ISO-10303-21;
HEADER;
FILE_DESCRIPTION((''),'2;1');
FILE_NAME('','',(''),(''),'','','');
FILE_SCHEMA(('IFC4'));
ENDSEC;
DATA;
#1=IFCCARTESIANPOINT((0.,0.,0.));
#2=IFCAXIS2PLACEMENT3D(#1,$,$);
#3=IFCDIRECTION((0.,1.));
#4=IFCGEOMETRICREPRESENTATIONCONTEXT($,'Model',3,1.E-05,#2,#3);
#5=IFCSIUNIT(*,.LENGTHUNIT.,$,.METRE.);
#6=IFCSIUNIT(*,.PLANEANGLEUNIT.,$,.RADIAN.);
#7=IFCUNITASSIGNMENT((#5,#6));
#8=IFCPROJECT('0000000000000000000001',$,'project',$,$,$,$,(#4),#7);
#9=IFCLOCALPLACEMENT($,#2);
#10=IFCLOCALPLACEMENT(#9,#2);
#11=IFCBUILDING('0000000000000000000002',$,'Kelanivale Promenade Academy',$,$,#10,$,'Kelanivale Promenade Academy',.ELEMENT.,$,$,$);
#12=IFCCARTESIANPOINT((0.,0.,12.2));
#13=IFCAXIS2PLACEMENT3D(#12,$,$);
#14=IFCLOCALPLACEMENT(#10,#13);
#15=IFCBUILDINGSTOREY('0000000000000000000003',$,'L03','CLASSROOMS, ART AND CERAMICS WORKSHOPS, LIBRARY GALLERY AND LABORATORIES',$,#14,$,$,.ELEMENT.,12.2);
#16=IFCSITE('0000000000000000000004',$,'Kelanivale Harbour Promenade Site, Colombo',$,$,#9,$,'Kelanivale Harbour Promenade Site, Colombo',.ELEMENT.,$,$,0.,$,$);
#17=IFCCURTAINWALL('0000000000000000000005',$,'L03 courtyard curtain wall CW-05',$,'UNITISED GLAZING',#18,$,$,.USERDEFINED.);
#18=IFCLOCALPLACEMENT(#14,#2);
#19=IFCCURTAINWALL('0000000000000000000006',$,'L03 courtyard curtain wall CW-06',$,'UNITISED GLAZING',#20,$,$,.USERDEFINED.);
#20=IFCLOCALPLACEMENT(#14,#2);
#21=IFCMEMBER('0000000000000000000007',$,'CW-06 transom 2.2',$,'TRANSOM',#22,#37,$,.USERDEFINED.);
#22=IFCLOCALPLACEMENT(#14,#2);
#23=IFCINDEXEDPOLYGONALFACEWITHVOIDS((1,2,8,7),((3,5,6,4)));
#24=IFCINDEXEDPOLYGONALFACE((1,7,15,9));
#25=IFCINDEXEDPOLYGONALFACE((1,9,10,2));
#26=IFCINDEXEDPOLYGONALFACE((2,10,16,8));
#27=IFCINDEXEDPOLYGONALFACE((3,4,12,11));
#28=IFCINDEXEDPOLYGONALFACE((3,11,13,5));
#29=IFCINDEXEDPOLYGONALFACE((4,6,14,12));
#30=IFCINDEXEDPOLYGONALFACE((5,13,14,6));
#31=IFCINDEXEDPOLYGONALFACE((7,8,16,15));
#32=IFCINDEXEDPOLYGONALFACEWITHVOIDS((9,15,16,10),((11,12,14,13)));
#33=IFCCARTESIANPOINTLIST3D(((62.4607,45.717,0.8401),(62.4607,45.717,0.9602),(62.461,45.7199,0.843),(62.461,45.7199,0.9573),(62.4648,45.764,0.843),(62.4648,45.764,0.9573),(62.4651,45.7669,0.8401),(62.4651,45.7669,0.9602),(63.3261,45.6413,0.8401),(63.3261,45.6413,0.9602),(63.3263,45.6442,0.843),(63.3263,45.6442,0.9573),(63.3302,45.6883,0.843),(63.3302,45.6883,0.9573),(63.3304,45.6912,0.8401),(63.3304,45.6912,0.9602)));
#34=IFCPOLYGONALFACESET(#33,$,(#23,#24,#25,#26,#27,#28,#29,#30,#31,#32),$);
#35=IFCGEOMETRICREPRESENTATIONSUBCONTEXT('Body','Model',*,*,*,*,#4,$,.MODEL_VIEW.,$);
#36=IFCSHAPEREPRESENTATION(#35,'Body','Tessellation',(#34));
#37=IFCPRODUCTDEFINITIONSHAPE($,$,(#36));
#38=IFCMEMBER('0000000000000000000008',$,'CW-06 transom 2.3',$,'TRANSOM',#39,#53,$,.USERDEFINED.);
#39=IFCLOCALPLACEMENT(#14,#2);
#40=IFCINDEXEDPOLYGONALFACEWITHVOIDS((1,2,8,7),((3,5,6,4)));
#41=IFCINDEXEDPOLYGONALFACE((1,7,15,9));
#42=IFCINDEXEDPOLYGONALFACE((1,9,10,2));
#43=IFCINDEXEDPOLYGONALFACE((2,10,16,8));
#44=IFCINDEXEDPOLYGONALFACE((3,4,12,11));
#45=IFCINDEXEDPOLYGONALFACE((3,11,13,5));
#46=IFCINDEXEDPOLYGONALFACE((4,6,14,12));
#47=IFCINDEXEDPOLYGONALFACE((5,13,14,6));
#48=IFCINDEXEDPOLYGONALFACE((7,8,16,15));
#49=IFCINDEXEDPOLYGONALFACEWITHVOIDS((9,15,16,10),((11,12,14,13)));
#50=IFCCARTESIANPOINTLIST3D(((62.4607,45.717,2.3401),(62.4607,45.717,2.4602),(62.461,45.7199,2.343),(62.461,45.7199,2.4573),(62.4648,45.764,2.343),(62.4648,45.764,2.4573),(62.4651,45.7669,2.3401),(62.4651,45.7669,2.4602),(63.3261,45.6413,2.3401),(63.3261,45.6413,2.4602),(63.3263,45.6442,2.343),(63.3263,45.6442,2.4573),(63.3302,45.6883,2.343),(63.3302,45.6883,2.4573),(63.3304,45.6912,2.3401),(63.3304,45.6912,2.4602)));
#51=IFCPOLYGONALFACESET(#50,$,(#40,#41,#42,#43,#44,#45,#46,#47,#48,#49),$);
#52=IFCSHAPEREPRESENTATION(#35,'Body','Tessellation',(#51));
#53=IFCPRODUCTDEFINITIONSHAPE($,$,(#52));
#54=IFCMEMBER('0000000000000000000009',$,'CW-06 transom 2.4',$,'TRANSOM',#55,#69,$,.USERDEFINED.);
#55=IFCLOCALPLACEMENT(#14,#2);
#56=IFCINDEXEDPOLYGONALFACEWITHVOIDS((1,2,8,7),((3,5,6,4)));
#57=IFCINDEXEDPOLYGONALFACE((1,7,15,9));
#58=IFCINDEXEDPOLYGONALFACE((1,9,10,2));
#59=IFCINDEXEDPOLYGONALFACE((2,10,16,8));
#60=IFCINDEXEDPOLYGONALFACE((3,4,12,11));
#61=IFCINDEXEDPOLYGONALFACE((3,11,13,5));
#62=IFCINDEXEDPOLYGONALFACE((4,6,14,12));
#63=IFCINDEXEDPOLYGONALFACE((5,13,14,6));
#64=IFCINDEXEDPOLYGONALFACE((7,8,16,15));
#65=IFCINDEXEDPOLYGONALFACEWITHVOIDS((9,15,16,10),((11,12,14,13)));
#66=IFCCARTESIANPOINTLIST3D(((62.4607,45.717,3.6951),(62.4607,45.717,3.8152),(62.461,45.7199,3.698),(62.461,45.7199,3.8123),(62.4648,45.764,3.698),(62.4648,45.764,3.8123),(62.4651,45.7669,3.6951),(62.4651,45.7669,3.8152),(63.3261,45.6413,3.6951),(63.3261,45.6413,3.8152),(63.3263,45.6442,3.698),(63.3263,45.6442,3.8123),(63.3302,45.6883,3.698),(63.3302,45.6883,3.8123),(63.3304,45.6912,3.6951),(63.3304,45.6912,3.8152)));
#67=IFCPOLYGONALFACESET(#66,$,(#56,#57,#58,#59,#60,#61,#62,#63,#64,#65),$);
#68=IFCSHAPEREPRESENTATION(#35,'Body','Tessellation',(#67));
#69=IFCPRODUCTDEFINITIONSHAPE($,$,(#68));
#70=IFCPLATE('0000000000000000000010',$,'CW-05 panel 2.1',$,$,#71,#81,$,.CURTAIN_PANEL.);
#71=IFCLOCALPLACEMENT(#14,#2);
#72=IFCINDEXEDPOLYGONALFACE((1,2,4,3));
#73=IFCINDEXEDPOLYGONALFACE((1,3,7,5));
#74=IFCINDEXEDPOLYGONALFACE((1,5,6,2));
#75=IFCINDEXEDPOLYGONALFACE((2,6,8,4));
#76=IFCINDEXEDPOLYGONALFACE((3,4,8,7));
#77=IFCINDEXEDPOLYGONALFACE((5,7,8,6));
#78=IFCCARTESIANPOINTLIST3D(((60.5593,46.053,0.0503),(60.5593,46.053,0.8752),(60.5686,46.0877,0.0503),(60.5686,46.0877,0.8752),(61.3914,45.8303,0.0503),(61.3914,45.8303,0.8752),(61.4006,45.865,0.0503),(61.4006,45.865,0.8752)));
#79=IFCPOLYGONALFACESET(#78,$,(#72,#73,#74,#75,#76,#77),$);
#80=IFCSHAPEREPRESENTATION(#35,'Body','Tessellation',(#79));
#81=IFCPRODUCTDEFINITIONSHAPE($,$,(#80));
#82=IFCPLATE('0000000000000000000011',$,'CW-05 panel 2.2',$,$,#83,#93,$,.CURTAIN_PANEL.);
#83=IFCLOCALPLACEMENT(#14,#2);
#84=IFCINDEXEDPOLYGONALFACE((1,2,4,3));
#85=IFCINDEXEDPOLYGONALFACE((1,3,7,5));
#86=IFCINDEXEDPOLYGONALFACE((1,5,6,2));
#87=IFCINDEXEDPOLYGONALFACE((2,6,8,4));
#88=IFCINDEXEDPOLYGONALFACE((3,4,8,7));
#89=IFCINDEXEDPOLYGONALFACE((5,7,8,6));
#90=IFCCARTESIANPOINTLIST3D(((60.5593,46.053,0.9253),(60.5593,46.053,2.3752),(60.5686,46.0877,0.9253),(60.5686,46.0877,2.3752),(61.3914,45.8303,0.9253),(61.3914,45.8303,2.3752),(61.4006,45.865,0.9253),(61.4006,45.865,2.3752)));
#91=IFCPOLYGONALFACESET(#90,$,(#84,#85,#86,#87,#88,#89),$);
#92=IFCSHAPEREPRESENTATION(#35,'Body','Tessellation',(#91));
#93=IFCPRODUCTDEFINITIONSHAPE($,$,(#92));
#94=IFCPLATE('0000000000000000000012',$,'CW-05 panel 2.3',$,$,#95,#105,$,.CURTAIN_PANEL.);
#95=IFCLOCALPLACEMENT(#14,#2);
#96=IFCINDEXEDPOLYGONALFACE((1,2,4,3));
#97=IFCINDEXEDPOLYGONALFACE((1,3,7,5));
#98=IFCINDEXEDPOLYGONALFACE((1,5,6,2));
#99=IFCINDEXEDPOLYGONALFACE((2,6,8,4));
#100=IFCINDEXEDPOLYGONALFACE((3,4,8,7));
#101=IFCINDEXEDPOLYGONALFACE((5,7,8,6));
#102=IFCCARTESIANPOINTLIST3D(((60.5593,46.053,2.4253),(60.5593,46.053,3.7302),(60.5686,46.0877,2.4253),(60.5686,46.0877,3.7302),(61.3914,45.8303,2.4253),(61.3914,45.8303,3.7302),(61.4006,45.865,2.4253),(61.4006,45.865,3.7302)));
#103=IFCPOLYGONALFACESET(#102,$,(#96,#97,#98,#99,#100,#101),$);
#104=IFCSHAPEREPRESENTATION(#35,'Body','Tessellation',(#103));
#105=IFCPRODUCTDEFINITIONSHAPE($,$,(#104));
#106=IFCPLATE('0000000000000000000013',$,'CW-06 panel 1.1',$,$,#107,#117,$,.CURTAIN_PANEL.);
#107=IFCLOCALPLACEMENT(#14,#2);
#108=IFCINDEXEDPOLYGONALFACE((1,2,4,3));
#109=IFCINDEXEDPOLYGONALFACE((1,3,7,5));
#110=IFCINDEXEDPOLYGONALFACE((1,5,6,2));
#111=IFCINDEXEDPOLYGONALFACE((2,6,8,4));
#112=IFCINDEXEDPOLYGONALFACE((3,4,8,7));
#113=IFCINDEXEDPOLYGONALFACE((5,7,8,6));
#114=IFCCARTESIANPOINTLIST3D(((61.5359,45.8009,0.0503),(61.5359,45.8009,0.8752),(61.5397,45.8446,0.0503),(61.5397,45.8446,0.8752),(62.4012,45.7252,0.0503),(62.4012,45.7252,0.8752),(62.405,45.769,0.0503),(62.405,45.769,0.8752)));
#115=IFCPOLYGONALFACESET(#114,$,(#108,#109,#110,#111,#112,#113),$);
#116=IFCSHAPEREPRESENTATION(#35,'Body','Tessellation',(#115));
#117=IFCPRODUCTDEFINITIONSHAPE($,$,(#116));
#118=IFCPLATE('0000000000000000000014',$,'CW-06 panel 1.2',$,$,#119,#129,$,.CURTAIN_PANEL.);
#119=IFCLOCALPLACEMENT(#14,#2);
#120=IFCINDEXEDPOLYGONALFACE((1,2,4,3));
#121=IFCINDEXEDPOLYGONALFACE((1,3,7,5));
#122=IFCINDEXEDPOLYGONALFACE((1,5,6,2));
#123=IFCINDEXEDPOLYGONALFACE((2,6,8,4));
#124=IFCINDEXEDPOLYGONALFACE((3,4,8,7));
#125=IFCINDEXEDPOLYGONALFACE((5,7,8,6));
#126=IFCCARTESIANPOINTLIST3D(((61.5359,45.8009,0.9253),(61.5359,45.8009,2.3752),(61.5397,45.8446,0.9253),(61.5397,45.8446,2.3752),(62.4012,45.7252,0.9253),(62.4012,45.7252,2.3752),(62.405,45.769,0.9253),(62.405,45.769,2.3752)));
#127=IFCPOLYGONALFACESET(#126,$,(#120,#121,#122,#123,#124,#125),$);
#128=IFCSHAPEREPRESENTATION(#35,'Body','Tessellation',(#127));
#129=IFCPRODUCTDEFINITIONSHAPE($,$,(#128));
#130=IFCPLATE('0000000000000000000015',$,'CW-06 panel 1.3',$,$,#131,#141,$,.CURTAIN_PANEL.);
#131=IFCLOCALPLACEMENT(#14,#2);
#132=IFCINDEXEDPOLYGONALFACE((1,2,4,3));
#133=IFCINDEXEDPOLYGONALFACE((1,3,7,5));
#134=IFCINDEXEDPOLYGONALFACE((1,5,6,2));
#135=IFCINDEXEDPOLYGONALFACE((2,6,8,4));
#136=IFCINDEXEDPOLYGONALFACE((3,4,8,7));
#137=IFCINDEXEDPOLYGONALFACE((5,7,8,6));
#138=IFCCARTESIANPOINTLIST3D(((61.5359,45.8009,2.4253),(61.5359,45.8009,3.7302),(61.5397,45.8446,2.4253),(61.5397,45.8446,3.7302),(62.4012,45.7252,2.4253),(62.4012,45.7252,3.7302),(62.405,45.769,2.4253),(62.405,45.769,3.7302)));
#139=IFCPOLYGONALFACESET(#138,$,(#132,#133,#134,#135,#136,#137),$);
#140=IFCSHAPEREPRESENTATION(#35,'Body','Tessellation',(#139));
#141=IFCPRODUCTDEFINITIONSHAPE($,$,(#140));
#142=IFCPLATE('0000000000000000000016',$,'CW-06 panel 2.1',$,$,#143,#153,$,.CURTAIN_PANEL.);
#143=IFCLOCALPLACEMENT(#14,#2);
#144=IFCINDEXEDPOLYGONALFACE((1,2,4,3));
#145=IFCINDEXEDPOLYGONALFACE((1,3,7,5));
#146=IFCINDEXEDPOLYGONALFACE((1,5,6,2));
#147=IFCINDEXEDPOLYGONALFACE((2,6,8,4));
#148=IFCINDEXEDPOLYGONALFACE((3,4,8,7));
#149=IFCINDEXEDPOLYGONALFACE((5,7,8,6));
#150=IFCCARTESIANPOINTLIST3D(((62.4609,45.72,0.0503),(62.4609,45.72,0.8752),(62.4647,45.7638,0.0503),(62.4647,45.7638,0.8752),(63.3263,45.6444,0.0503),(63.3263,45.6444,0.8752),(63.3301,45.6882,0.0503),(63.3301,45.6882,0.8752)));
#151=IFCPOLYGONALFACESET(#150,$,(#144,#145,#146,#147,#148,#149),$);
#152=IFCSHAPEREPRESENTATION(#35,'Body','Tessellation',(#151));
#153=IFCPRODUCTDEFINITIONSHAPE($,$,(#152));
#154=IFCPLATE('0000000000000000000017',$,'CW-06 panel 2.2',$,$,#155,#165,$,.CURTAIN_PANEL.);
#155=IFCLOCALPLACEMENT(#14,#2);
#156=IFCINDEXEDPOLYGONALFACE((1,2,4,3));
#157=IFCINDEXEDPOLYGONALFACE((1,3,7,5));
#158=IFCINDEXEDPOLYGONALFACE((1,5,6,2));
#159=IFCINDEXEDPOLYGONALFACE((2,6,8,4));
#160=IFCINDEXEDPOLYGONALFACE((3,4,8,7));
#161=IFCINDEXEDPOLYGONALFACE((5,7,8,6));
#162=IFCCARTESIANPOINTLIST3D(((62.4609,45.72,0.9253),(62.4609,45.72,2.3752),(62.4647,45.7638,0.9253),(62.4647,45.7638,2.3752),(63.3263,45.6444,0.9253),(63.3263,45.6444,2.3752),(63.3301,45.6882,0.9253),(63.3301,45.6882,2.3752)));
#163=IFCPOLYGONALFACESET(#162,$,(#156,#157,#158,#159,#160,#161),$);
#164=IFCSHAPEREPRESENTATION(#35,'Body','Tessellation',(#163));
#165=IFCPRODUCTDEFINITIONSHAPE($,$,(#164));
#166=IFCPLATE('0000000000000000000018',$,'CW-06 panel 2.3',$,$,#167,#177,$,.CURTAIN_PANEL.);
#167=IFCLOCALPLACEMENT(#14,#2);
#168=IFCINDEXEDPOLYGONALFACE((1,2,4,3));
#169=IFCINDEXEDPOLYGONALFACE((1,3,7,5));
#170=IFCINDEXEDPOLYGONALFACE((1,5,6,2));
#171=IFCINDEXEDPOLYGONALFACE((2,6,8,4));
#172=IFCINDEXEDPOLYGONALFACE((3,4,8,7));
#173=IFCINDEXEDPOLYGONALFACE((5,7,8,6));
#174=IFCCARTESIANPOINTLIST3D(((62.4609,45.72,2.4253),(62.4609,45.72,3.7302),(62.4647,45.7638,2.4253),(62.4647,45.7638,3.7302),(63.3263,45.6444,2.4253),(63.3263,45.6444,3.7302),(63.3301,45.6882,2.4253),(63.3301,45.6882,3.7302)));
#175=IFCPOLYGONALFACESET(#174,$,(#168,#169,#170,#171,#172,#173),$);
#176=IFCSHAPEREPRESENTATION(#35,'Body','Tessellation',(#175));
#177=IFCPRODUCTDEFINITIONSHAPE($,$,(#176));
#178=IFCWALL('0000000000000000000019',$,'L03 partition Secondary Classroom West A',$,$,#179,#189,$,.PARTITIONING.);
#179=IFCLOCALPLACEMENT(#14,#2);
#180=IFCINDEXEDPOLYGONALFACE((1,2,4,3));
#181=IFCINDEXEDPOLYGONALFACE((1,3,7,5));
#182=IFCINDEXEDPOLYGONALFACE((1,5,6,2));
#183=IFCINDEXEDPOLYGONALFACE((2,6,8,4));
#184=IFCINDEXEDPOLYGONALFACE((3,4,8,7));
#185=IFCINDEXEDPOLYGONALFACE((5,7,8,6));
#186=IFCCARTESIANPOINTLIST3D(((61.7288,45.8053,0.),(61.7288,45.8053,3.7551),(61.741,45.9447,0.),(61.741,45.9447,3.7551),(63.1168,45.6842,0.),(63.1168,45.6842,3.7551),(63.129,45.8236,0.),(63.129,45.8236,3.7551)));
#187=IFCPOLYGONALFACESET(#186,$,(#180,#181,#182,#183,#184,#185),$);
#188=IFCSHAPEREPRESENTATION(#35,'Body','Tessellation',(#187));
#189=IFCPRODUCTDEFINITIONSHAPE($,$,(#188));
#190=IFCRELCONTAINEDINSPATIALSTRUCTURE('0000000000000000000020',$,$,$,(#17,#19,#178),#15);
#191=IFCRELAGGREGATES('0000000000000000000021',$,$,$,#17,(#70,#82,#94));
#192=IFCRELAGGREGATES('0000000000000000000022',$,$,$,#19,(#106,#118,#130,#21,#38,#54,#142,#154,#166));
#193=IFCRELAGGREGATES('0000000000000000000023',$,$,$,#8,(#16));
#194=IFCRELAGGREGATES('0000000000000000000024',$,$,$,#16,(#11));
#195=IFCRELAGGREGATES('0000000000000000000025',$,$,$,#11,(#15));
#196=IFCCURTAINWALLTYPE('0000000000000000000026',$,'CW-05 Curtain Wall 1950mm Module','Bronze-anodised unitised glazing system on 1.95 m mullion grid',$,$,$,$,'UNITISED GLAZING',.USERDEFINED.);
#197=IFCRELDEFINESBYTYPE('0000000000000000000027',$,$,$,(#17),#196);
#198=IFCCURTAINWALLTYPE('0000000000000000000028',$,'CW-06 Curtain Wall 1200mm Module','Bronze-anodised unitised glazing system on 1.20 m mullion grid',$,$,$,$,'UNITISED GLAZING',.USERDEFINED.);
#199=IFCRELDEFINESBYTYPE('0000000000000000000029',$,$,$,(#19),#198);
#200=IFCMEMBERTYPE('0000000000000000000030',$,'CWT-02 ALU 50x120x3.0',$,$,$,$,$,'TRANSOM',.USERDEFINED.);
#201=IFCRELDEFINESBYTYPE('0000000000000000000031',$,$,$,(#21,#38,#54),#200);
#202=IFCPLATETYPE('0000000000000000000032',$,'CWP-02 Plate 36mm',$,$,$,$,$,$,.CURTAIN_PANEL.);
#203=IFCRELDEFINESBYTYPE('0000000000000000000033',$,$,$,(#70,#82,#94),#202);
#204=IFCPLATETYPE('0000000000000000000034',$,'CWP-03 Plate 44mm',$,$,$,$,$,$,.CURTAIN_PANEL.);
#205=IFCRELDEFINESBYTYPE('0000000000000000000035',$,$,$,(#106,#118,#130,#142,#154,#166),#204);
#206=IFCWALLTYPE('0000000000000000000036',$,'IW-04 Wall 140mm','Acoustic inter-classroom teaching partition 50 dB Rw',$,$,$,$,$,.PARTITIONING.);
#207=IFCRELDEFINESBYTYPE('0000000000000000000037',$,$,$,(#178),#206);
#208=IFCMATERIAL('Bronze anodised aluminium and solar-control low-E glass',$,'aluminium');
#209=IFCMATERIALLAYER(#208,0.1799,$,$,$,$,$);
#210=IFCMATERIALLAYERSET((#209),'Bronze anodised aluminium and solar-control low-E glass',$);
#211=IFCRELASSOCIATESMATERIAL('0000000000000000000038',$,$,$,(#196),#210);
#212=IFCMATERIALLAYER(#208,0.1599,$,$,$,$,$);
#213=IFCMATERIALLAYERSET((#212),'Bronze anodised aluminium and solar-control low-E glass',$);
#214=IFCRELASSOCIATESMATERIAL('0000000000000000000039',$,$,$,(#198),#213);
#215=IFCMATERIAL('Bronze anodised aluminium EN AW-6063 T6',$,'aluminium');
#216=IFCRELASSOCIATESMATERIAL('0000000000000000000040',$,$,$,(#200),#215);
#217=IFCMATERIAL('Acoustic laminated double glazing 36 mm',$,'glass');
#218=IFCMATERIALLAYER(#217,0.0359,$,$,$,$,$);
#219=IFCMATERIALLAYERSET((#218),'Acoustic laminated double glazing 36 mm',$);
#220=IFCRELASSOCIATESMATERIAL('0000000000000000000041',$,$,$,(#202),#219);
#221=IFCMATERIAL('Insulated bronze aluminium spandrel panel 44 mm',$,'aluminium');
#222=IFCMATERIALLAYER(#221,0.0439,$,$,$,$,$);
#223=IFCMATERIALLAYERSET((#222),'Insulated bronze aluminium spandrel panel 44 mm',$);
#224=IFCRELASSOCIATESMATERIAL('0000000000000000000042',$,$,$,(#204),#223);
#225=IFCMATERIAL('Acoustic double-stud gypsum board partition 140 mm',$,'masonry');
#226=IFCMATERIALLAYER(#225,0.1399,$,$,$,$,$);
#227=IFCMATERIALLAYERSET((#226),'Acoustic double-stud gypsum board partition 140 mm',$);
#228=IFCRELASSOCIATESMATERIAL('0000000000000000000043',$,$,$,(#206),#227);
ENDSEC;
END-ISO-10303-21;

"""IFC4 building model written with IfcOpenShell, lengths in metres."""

from ifc_helpers import new_model, si_unit, direction, frame, frame_2d, origin, origin_2d, place, context, subcontext, project, spatial, rectangle, hollow_rectangle, extrude, material, layer, layer_set, material_profile, profile_set, type_object, element, aggregate, save


model = new_model("IFC4")

# Units and contexts
model_context = context("Model", 3, precision=1e-05, world=origin(), true_north=direction((0.0, 1.0)))
body_context = subcontext(model_context, "Body", "Model", "MODEL_VIEW")
ifc_project = project(units=[si_unit("LENGTHUNIT", "METRE"), si_unit("PLANEANGLEUNIT", "RADIAN")], contexts=[model_context])

# Site, building, storey
site_placement = place(None, origin())
site = spatial("IfcSite", under=ifc_project, at=site_placement, Name="Kelanivale Harbour Promenade Site, Colombo", LongName="Kelanivale Harbour Promenade Site, Colombo", CompositionType="ELEMENT", RefElevation=0.0)
building_placement = place(site_placement, origin())
building = spatial("IfcBuilding", under=site, at=building_placement, Name="Kelanivale Promenade Academy", LongName="Kelanivale Promenade Academy", CompositionType="ELEMENT")
storey_placement = place(building_placement, frame((0.0, 0.0, 12.2)))
storey = spatial("IfcBuildingStorey", under=building, at=storey_placement, Name="L03", Description="CLASSROOMS, ART AND CERAMICS WORKSHOPS, LIBRARY GALLERY AND LABORATORIES", CompositionType="ELEMENT", Elevation=12.2)

# Curtain wall
ifc_material_1 = material(Name="Bronze anodised aluminium and solar-control low-E glass", Category="aluminium")
ifc_layer_1 = layer(ifc_material_1, 0.1799)
ifc_layer_set_1 = layer_set([ifc_layer_1], Name="Bronze anodised aluminium and solar-control low-E glass")
curtain_wall_type_1 = type_object("IfcCurtainWallType", Name="CW-05 Curtain Wall 1950mm Module", Description="Bronze-anodised unitised glazing system on 1.95 m mullion grid", ElementType="UNITISED GLAZING", PredefinedType="USERDEFINED", material=ifc_layer_set_1)
curtain_wall_1_placement = place(storey_placement, origin())
curtain_wall_1 = element("IfcCurtainWall", 1, at=curtain_wall_1_placement, inside=storey, type_object=curtain_wall_type_1, Name="L03 courtyard curtain wall CW-05", ObjectType="UNITISED GLAZING", PredefinedType="USERDEFINED")
ifc_material_2 = material(Name="Bronze anodised aluminium EN AW-6063 T6", Category="aluminium")

# Curtain wall
ifc_layer_2 = layer(ifc_material_1, 0.1599)
ifc_layer_set_2 = layer_set([ifc_layer_2], Name="Bronze anodised aluminium and solar-control low-E glass")
curtain_wall_type_2 = type_object("IfcCurtainWallType", Name="CW-06 Curtain Wall 1200mm Module", Description="Bronze-anodised unitised glazing system on 1.20 m mullion grid", ElementType="UNITISED GLAZING", PredefinedType="USERDEFINED", material=ifc_layer_set_2)
curtain_wall_2_placement = place(storey_placement, origin())
curtain_wall_2 = element("IfcCurtainWall", 2, at=curtain_wall_2_placement, inside=storey, type_object=curtain_wall_type_2, Name="L03 courtyard curtain wall CW-06", ObjectType="UNITISED GLAZING", PredefinedType="USERDEFINED")

# Members
ifc_material_profile_1 = material_profile(ifc_material_2, hollow_rectangle(XDim=0.05, YDim=0.1201, WallThickness=0.0029, at=origin_2d()), Name="ALU 50x120x3.0")
ifc_profile_set_1 = profile_set([ifc_material_profile_1], Name="Bronze anodised aluminium EN AW-6063 T6")
member_type_1 = type_object("IfcMemberType", Name="CWT-02 ALU 50x120x3.0", ElementType="TRANSOM", PredefinedType="USERDEFINED", material=ifc_profile_set_1)
member_1_placement = place(storey_placement, frame((62.4629, 45.7419, 0.9001), z_axis=(0.996196, -0.087139, 0.0), x_axis=(0.087139, 0.996196, 0.0)))
member_1 = element("IfcMember", 3, at=member_1_placement, type_object=member_type_1, Name="CW-06 transom 2.2", ObjectType="TRANSOM", PredefinedType="USERDEFINED", context=body_context, shape_type="SweptSolid", body=[
    extrude(hollow_rectangle(XDim=0.05, YDim=0.1201, WallThickness=0.0029, at=origin_2d()), origin(), (0.0, 0.0, 1.0), 0.8687),
])
member_2_placement = place(storey_placement, frame((62.4629, 45.7419, 2.4001), z_axis=(0.996196, -0.087139, 0.0), x_axis=(0.087139, 0.996196, 0.0)))
member_2 = element("IfcMember", 4, at=member_2_placement, type_object=member_type_1, Name="CW-06 transom 2.3", ObjectType="TRANSOM", PredefinedType="USERDEFINED", context=body_context, shape_type="SweptSolid", body=[
    extrude(hollow_rectangle(XDim=0.05, YDim=0.1201, WallThickness=0.0029, at=origin_2d()), origin(), (0.0, 0.0, 1.0), 0.8687),
])
member_3_placement = place(storey_placement, frame((62.4629, 45.7419, 3.7551), z_axis=(0.996196, -0.087139, 0.0), x_axis=(0.087139, 0.996196, 0.0)))
member_3 = element("IfcMember", 5, at=member_3_placement, type_object=member_type_1, Name="CW-06 transom 2.4", ObjectType="TRANSOM", PredefinedType="USERDEFINED", context=body_context, shape_type="SweptSolid", body=[
    extrude(hollow_rectangle(XDim=0.05, YDim=0.1201, WallThickness=0.0029, at=origin_2d()), origin(), (0.0, 0.0, 1.0), 0.8687),
])

# Plates
ifc_material_3 = material(Name="Acoustic laminated double glazing 36 mm", Category="glass")
ifc_layer_3 = layer(ifc_material_3, 0.0359)
ifc_layer_set_3 = layer_set([ifc_layer_3], Name="Acoustic laminated double glazing 36 mm")
plate_type_1 = type_object("IfcPlateType", Name="CWP-02 Plate 36mm", PredefinedType="CURTAIN_PANEL", material=ifc_layer_set_3)
plate_1_placement = place(storey_placement, frame((60.98, 45.959, 0.0503), z_axis=(0.0, 0.0, 1.0), x_axis=(0.96599, -0.258578, 0.0)))
plate_1 = element("IfcPlate", 6, at=plate_1_placement, type_object=plate_type_1, Name="CW-05 panel 2.1", PredefinedType="CURTAIN_PANEL", context=body_context, shape_type="SweptSolid", body=[
    extrude(rectangle(XDim=0.8613, YDim=0.0359, at=origin_2d()), origin(), (0.0, 0.0, 1.0), 0.825),
])
plate_2_placement = place(storey_placement, frame((60.98, 45.959, 0.9253), z_axis=(0.0, 0.0, 1.0), x_axis=(0.96599, -0.258578, 0.0)))
plate_2 = element("IfcPlate", 7, at=plate_2_placement, type_object=plate_type_1, Name="CW-05 panel 2.2", PredefinedType="CURTAIN_PANEL", context=body_context, shape_type="SweptSolid", body=[
    extrude(rectangle(XDim=0.8613, YDim=0.0359, at=origin_2d()), origin(), (0.0, 0.0, 1.0), 1.45),
])
plate_3_placement = place(storey_placement, frame((60.98, 45.959, 2.4253), z_axis=(0.0, 0.0, 1.0), x_axis=(0.96599, -0.258578, 0.0)))
plate_3 = element("IfcPlate", 8, at=plate_3_placement, type_object=plate_type_1, Name="CW-05 panel 2.3", PredefinedType="CURTAIN_PANEL", context=body_context, shape_type="SweptSolid", body=[
    extrude(rectangle(XDim=0.8613, YDim=0.0359, at=origin_2d()), origin(), (0.0, 0.0, 1.0), 1.3049),
])
aggregate(curtain_wall_1, [plate_1, plate_2, plate_3])
ifc_material_4 = material(Name="Insulated bronze aluminium spandrel panel 44 mm", Category="aluminium")
ifc_layer_4 = layer(ifc_material_4, 0.0439)
ifc_layer_set_4 = layer_set([ifc_layer_4], Name="Insulated bronze aluminium spandrel panel 44 mm")
plate_type_2 = type_object("IfcPlateType", Name="CWP-03 Plate 44mm", PredefinedType="CURTAIN_PANEL", material=ifc_layer_set_4)
plate_4_placement = place(storey_placement, frame((61.9705, 45.7849, 0.0503), z_axis=(0.0, 0.0, 1.0), x_axis=(0.996199, -0.087102, 0.0)))
plate_4 = element("IfcPlate", 9, at=plate_4_placement, type_object=plate_type_2, Name="CW-06 panel 1.1", PredefinedType="CURTAIN_PANEL", context=body_context, shape_type="SweptSolid", body=[
    extrude(rectangle(XDim=0.8687, YDim=0.0439, at=origin_2d()), origin(), (0.0, 0.0, 1.0), 0.825),
])
plate_5_placement = place(storey_placement, frame((61.9705, 45.7849, 0.9253), z_axis=(0.0, 0.0, 1.0), x_axis=(0.996199, -0.087102, 0.0)))
plate_5 = element("IfcPlate", 10, at=plate_5_placement, type_object=plate_type_2, Name="CW-06 panel 1.2", PredefinedType="CURTAIN_PANEL", context=body_context, shape_type="SweptSolid", body=[
    extrude(rectangle(XDim=0.8687, YDim=0.0439, at=origin_2d()), origin(), (0.0, 0.0, 1.0), 1.45),
])
plate_6_placement = place(storey_placement, frame((61.9705, 45.7849, 2.4253), z_axis=(0.0, 0.0, 1.0), x_axis=(0.996199, -0.087102, 0.0)))
plate_6 = element("IfcPlate", 11, at=plate_6_placement, type_object=plate_type_2, Name="CW-06 panel 1.3", PredefinedType="CURTAIN_PANEL", context=body_context, shape_type="SweptSolid", body=[
    extrude(rectangle(XDim=0.8687, YDim=0.0439, at=origin_2d()), origin(), (0.0, 0.0, 1.0), 1.3049),
])
plate_7_placement = place(storey_placement, frame((62.8955, 45.7041, 0.0503), z_axis=(0.0, 0.0, 1.0), x_axis=(0.996199, -0.087102, 0.0)))
plate_7 = element("IfcPlate", 12, at=plate_7_placement, type_object=plate_type_2, Name="CW-06 panel 2.1", PredefinedType="CURTAIN_PANEL", context=body_context, shape_type="SweptSolid", body=[
    extrude(rectangle(XDim=0.8687, YDim=0.0439, at=origin_2d()), origin(), (0.0, 0.0, 1.0), 0.825),
])
plate_8_placement = place(storey_placement, frame((62.8955, 45.7041, 0.9253), z_axis=(0.0, 0.0, 1.0), x_axis=(0.996199, -0.087102, 0.0)))
plate_8 = element("IfcPlate", 13, at=plate_8_placement, type_object=plate_type_2, Name="CW-06 panel 2.2", PredefinedType="CURTAIN_PANEL", context=body_context, shape_type="SweptSolid", body=[
    extrude(rectangle(XDim=0.8687, YDim=0.0439, at=origin_2d()), origin(), (0.0, 0.0, 1.0), 1.45),
])
plate_9_placement = place(storey_placement, frame((62.8955, 45.7041, 2.4253), z_axis=(0.0, 0.0, 1.0), x_axis=(0.996199, -0.087102, 0.0)))
plate_9 = element("IfcPlate", 14, at=plate_9_placement, type_object=plate_type_2, Name="CW-06 panel 2.3", PredefinedType="CURTAIN_PANEL", context=body_context, shape_type="SweptSolid", body=[
    extrude(rectangle(XDim=0.8687, YDim=0.0439, at=origin_2d()), origin(), (0.0, 0.0, 1.0), 1.3049),
])
aggregate(curtain_wall_2, [plate_4, plate_5, plate_6, member_1, member_2, member_3, plate_7, plate_8, plate_9])

# Wall
ifc_material_5 = material(Name="Acoustic double-stud gypsum board partition 140 mm", Category="masonry")
ifc_layer_5 = layer(ifc_material_5, 0.1399)
ifc_layer_set_5 = layer_set([ifc_layer_5], Name="Acoustic double-stud gypsum board partition 140 mm")
wall_type = type_object("IfcWallType", Name="IW-04 Wall 140mm", Description="Acoustic inter-classroom teaching partition 50 dB Rw", PredefinedType="PARTITIONING", material=ifc_layer_set_5)
wall_1_placement = place(storey_placement, frame((63.123, 45.7539, 0.0), z_axis=(0.0, 0.0, 1.0), x_axis=(-0.996216, 0.086917, 0.0)))
element("IfcWall", 15, at=wall_1_placement, inside=storey, type_object=wall_type, Name="L03 partition Secondary Classroom West A", PredefinedType="PARTITIONING", context=body_context, shape_type="SweptSolid", body=[
    extrude(rectangle(XDim=1.3933, YDim=0.1399, at=frame_2d((0.6968, 0.0))), origin(), (0.0, 0.0, 1.0), 3.7551),
])

save(model, "model.ifc")
